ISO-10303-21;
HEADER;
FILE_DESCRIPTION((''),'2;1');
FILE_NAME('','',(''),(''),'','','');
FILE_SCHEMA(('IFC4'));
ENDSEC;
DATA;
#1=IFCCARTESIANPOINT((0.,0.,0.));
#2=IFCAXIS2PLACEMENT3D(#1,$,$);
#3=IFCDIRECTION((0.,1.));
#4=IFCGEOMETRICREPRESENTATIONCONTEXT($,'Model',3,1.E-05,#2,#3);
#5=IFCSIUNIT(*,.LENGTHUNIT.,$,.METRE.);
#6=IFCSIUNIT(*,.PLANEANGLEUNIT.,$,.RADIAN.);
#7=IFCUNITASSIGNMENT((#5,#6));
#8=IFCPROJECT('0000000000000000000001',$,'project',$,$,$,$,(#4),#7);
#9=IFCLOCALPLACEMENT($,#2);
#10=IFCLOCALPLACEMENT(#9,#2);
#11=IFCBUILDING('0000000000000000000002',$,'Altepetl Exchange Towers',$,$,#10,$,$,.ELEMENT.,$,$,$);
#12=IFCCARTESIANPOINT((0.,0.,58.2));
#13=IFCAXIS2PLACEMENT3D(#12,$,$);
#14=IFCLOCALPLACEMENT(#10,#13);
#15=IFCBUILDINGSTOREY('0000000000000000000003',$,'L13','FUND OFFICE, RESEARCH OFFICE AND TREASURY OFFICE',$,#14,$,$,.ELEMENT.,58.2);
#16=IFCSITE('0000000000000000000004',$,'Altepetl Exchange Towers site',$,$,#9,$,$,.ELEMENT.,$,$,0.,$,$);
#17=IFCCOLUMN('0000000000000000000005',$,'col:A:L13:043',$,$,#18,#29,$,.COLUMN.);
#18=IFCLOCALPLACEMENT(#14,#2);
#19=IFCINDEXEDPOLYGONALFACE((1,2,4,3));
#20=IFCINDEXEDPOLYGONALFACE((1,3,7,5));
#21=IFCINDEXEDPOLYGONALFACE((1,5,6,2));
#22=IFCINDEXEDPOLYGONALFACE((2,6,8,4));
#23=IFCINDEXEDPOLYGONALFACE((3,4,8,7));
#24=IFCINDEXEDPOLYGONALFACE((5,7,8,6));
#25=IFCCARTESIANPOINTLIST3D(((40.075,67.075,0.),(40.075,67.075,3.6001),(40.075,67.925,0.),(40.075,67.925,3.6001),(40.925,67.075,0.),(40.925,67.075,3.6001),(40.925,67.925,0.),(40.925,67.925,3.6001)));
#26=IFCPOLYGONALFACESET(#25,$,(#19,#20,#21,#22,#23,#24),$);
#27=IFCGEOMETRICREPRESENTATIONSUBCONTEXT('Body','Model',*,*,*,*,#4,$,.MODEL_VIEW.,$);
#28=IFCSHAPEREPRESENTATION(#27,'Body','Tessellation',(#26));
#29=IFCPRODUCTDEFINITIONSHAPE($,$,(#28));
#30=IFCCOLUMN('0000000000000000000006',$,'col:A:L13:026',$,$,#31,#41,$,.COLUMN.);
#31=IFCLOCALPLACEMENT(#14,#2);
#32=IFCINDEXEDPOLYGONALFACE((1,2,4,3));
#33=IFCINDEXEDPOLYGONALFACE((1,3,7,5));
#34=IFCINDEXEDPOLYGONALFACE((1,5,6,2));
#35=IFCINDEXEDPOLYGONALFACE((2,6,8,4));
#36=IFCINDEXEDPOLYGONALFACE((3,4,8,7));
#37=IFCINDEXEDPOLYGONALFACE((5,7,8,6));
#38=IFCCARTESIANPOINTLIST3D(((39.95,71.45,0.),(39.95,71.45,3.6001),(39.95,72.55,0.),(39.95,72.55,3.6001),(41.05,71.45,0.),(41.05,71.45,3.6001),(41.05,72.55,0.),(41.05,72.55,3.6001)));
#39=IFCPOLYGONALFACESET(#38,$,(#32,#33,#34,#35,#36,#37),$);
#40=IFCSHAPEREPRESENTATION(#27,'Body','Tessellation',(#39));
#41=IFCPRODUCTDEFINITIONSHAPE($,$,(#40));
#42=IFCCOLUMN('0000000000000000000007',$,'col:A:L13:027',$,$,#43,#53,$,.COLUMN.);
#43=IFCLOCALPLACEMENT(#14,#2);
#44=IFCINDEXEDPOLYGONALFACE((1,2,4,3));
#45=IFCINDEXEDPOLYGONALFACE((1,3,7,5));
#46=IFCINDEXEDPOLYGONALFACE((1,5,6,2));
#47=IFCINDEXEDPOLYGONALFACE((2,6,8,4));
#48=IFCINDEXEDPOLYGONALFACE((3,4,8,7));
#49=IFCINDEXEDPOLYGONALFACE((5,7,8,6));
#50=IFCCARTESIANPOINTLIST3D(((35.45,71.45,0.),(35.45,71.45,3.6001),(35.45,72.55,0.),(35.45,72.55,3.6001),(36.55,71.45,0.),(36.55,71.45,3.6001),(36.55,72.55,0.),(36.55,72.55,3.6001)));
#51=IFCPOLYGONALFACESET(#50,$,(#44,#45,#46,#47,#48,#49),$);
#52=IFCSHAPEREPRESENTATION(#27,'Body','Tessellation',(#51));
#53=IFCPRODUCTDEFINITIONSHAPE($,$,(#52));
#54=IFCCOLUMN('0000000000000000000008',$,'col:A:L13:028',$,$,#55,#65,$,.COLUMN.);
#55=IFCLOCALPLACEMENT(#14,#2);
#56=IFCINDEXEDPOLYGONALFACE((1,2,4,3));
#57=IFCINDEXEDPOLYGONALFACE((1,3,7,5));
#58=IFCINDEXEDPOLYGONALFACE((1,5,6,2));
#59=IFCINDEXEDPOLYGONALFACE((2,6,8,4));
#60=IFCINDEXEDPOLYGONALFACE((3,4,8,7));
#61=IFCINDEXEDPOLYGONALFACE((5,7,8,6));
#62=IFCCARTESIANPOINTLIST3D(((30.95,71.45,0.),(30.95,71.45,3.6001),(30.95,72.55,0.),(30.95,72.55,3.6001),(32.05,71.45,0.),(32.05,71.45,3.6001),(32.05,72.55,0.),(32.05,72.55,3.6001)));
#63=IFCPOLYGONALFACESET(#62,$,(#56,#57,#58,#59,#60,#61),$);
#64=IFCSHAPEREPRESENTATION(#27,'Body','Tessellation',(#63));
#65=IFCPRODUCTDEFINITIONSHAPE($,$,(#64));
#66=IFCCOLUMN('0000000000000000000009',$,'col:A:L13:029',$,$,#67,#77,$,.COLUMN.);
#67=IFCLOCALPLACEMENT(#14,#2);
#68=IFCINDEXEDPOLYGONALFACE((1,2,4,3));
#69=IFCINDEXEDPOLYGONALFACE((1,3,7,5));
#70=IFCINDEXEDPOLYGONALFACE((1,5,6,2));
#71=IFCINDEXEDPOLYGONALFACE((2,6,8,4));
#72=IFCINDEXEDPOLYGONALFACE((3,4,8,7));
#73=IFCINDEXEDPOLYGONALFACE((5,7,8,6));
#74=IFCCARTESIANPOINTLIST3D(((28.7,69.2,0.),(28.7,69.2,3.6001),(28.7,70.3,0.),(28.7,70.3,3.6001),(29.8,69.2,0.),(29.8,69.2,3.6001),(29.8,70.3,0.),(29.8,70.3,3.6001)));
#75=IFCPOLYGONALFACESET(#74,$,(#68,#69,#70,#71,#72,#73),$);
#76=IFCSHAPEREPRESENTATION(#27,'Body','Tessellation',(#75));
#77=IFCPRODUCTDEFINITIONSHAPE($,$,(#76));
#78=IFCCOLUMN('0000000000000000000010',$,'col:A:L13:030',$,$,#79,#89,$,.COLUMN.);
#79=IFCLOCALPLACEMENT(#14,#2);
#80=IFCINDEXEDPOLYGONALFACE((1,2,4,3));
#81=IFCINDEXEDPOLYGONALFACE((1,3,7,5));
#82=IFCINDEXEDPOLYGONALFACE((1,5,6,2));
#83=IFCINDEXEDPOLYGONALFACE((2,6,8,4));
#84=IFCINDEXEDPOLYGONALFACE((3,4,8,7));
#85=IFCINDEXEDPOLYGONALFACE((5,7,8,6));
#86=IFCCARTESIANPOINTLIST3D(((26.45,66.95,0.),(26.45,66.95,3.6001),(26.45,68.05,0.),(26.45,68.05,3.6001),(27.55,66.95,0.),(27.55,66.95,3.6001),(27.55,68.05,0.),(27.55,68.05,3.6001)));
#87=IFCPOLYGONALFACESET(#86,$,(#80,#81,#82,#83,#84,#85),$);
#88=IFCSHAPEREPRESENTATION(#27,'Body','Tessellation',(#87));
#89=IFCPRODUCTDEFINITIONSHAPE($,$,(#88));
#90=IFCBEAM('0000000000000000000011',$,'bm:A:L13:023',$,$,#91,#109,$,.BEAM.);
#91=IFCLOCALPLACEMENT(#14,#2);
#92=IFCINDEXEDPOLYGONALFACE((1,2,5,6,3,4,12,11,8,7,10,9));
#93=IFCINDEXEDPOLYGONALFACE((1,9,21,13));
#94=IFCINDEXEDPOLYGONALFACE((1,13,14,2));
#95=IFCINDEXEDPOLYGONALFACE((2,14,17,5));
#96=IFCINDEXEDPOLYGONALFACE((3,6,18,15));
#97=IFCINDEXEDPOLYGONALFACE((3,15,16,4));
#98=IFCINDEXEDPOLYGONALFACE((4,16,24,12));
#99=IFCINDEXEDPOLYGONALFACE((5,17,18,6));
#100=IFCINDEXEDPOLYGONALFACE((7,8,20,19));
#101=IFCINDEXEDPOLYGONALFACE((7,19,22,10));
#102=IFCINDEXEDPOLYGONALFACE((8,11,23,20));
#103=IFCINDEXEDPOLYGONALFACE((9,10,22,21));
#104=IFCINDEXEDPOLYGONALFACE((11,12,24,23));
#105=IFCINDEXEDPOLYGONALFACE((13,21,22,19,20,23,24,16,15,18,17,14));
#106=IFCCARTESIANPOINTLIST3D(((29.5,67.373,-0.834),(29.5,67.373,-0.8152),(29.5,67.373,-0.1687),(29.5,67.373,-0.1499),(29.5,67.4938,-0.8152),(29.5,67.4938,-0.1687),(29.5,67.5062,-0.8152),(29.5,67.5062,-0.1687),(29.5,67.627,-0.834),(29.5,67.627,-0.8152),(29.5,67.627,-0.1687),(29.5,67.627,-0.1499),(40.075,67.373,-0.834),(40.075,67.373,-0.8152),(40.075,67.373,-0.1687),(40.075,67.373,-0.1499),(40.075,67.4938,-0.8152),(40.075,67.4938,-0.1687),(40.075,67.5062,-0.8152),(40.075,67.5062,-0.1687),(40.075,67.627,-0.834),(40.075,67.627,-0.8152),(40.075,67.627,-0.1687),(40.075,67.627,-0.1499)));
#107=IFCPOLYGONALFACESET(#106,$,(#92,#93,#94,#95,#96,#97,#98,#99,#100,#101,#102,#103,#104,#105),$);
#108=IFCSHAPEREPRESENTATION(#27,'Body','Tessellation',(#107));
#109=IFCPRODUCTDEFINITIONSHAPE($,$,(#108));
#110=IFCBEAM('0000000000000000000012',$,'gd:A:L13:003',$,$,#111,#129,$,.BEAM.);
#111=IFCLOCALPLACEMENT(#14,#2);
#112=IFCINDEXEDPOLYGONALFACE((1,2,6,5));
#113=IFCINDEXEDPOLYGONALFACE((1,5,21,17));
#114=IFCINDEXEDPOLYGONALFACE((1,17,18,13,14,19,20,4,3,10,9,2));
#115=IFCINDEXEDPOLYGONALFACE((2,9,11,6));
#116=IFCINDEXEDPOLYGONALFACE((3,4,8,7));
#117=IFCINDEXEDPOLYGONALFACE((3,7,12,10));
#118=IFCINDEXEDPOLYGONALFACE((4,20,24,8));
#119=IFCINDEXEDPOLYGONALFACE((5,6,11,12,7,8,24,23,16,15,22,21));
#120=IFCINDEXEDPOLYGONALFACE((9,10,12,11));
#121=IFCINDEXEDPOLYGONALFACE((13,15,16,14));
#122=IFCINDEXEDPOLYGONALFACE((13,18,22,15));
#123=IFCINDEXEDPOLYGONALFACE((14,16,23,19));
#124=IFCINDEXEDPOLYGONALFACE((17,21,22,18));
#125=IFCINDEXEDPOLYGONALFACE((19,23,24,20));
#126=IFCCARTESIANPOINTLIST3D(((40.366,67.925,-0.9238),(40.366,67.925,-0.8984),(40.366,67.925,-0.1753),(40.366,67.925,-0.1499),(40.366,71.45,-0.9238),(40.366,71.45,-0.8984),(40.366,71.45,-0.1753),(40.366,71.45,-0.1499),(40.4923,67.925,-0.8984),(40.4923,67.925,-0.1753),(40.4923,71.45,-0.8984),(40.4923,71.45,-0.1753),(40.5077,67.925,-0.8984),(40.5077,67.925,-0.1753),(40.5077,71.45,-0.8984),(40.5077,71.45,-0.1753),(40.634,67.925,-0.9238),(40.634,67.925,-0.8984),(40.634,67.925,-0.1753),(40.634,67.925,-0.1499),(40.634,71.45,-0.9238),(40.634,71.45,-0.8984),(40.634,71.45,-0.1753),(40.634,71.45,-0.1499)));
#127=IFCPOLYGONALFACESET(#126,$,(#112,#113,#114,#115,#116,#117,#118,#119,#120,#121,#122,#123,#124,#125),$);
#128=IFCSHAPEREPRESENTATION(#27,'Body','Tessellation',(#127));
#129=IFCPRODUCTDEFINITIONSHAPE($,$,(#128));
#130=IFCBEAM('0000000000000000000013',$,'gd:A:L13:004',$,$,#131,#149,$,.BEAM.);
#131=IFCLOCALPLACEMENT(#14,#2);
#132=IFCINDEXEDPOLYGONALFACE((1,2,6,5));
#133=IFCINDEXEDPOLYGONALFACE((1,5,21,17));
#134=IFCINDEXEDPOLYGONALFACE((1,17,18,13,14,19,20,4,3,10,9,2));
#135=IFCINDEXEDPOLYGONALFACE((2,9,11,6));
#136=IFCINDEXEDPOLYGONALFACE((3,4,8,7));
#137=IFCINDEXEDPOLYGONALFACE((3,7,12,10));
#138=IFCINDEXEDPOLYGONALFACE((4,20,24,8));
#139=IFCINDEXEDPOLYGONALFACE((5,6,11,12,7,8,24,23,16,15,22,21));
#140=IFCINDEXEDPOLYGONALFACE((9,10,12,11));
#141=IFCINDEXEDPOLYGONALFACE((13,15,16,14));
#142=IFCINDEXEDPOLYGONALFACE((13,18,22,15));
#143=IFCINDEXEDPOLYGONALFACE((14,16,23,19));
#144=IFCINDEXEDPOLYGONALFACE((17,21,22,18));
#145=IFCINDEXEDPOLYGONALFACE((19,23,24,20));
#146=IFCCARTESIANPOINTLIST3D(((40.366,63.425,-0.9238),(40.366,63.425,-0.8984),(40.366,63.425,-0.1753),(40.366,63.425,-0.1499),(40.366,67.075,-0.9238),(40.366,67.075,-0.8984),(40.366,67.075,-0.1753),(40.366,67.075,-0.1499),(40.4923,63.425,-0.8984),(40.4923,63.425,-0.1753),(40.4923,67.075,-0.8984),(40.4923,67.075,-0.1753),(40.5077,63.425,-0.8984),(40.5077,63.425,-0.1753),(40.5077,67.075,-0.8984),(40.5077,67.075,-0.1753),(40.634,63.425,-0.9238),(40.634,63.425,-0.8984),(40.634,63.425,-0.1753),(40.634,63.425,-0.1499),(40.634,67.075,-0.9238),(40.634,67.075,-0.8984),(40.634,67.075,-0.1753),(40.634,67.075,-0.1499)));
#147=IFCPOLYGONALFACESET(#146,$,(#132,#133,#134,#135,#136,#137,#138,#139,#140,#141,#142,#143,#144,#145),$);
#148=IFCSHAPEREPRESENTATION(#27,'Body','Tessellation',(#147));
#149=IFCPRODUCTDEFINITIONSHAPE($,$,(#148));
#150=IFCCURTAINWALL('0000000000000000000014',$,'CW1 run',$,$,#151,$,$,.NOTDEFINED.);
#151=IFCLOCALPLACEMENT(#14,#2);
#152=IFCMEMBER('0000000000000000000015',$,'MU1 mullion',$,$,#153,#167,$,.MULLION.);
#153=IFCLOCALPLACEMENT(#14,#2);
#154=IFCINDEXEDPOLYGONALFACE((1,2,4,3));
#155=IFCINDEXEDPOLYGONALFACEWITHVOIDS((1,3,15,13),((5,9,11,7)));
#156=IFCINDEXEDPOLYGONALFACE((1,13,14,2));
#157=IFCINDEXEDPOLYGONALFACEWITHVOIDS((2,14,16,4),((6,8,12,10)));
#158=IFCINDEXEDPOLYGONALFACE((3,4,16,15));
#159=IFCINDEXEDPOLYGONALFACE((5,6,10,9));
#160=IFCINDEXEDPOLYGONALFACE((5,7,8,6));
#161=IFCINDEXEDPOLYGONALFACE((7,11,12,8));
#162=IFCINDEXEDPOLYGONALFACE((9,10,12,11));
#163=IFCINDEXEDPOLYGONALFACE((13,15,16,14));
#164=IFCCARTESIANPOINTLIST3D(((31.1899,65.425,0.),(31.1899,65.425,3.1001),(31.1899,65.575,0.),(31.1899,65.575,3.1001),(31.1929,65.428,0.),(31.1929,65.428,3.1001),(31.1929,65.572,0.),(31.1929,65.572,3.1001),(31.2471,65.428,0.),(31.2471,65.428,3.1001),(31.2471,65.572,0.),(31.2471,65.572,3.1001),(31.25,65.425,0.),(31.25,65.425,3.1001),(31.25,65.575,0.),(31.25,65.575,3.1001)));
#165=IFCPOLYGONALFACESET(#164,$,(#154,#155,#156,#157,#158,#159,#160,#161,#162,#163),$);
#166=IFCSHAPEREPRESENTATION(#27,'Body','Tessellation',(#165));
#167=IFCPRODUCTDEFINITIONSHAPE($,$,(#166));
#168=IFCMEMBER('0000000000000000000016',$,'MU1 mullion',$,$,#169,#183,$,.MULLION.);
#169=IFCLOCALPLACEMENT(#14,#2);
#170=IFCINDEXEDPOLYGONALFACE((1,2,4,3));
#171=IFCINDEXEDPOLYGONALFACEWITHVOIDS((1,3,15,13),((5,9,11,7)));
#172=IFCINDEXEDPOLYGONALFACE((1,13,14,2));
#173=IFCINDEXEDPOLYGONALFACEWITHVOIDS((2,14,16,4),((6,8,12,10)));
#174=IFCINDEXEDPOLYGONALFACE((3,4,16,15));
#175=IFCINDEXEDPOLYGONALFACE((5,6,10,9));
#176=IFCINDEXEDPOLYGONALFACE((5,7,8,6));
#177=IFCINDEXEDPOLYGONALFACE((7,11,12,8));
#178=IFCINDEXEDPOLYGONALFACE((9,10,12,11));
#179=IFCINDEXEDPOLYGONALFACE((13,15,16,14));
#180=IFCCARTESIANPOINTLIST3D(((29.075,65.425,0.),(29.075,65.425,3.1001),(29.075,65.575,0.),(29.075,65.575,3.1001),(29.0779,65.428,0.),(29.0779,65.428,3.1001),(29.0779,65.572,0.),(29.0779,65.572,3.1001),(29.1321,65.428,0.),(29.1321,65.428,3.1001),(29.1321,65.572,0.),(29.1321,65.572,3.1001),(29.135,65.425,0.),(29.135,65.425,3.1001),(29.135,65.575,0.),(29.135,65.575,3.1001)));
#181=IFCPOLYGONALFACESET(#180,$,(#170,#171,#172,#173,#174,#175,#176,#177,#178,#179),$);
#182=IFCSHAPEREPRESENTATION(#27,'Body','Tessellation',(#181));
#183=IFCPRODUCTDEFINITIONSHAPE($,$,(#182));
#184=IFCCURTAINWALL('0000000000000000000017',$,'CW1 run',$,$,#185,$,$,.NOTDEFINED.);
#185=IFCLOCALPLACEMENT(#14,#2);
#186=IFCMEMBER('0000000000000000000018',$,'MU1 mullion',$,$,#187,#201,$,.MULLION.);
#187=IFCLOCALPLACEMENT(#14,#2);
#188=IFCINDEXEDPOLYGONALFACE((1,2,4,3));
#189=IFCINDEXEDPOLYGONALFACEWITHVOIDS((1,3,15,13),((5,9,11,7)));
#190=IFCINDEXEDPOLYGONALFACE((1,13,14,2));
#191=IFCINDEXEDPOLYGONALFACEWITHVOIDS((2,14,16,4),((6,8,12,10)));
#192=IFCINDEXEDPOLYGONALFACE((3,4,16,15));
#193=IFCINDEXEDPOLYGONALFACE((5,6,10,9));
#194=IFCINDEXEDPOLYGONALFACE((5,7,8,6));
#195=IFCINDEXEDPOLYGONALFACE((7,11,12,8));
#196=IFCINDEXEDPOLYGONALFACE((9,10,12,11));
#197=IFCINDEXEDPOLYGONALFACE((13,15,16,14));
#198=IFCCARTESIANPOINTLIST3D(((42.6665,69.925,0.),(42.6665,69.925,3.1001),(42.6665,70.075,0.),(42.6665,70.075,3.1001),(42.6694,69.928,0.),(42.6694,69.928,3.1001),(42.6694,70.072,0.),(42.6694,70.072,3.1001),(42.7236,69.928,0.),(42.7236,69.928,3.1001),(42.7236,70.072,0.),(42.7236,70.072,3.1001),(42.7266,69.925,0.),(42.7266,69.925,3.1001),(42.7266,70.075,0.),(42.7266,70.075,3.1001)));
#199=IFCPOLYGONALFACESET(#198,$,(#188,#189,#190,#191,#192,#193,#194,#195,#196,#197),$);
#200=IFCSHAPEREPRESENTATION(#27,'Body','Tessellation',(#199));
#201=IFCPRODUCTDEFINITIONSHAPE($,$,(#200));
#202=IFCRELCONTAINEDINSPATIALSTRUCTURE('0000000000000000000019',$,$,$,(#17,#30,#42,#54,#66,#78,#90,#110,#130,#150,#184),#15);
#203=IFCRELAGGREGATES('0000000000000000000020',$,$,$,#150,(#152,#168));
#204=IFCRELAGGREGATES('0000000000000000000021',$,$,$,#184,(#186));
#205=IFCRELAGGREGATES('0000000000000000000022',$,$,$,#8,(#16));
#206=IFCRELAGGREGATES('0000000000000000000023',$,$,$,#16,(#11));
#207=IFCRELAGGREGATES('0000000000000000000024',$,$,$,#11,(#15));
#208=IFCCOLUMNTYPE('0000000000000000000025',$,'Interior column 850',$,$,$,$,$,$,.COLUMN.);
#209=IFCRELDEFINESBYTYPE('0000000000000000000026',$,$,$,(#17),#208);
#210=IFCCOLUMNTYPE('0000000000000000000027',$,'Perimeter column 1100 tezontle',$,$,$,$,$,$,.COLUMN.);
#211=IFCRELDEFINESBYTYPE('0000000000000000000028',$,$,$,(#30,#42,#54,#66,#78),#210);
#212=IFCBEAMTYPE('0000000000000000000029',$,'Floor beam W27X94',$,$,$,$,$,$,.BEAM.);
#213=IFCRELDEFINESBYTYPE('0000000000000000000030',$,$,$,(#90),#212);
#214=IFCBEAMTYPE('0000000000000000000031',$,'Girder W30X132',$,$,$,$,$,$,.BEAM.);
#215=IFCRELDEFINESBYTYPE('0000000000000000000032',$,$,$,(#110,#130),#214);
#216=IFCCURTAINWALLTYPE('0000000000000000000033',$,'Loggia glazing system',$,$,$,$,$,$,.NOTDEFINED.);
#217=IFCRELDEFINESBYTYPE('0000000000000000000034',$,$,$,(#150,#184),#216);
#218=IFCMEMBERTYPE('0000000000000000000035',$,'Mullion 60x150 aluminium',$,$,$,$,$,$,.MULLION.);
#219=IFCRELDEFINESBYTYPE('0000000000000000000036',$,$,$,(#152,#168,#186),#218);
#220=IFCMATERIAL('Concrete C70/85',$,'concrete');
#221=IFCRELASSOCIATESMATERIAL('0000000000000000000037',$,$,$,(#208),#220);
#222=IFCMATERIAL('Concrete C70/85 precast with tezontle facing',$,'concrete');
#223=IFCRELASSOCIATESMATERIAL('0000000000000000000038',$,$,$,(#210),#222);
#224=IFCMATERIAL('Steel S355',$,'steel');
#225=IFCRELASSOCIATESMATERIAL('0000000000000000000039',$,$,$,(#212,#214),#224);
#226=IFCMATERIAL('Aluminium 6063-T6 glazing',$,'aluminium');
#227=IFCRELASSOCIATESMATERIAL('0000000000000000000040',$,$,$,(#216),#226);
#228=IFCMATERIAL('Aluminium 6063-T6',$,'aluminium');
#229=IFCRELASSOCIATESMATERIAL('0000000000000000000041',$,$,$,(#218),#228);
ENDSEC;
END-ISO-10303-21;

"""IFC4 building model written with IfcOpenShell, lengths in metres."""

from ifc_helpers import new_model, si_unit, direction, frame, origin, origin_2d, place, context, subcontext, project, spatial, rectangle, hollow_rectangle, i_section, extrude, material, material_profile, profile_set, type_object, element, aggregate, save


model = new_model("IFC4")

# Units and contexts
model_context = context("Model", 3, precision=1e-05, world=origin(), true_north=direction((0.0, 1.0)))
body_context = subcontext(model_context, "Body", "Model", "MODEL_VIEW")
ifc_project = project(units=[si_unit("LENGTHUNIT", "METRE"), si_unit("PLANEANGLEUNIT", "RADIAN")], contexts=[model_context])

# Site, building, storey
site_placement = place(None, origin())
site = spatial("IfcSite", under=ifc_project, at=site_placement, Name="Altepetl Exchange Towers site", CompositionType="ELEMENT", RefElevation=0.0)
building_placement = place(site_placement, origin())
building = spatial("IfcBuilding", under=site, at=building_placement, Name="Altepetl Exchange Towers", CompositionType="ELEMENT")
storey_placement = place(building_placement, frame((0.0, 0.0, 58.2)))
storey = spatial("IfcBuildingStorey", under=building, at=storey_placement, Name="L13", Description="FUND OFFICE, RESEARCH OFFICE AND TREASURY OFFICE", CompositionType="ELEMENT", Elevation=58.2)

# Columns
ifc_material_1 = material(Name="Concrete C70/85", Category="concrete")
ifc_material_profile_1 = material_profile(ifc_material_1, rectangle(XDim=0.8501, YDim=0.8501, at=origin_2d()), Name="850 x 850")
ifc_profile_set_1 = profile_set([ifc_material_profile_1], Name="Concrete C70/85")
column_type_1 = type_object("IfcColumnType", Name="Interior column 850", PredefinedType="COLUMN", material=ifc_profile_set_1)
column_placement = place(storey_placement, frame((40.5, 67.5, 0.0)))
element("IfcColumn", 1, at=column_placement, inside=storey, type_object=column_type_1, Name="col:A:L13:043", PredefinedType="COLUMN", context=body_context, shape_type="SweptSolid", body=[
    extrude(rectangle(XDim=0.8501, YDim=0.8501, at=origin_2d()), origin(), (0.0, 0.0, 1.0), 3.6001),
])
ifc_material_2 = material(Name="Concrete C70/85 precast with tezontle facing", Category="concrete")
ifc_material_profile_2 = material_profile(ifc_material_2, rectangle(XDim=1.1001, YDim=1.1001, at=origin_2d()), Name="1100 x 1100")
ifc_profile_set_2 = profile_set([ifc_material_profile_2], Name="Concrete C70/85 precast with tezontle facing")
column_type_2 = type_object("IfcColumnType", Name="Perimeter column 1100 tezontle", PredefinedType="COLUMN", material=ifc_profile_set_2)
for number, where, name in (
    (2, (40.5, 72.0, 0.0), "col:A:L13:026"),
    (3, (36.0, 72.0, 0.0), "col:A:L13:027"),
    (4, (31.5, 72.0, 0.0), "col:A:L13:028"),
    (5, (29.25, 69.75, 0.0), "col:A:L13:029"),
    (6, (27.0, 67.5, 0.0), "col:A:L13:030"),
):
    element("IfcColumn", number, at=place(storey_placement, frame(where)), inside=storey, type_object=column_type_2, Name=name, PredefinedType="COLUMN", context=body_context, shape_type="SweptSolid", body=[
        extrude(rectangle(XDim=1.1001, YDim=1.1001, at=origin_2d()), origin(), (0.0, 0.0, 1.0), 3.6001),
    ])

# Beams
ifc_material_3 = material(Name="Steel S355", Category="steel")
ifc_material_profile_3 = material_profile(ifc_material_3, i_section(OverallWidth=0.2539, OverallDepth=0.6841, WebThickness=0.0125, FlangeThickness=0.0188, at=origin_2d()), Name="W27X94")
ifc_profile_set_3 = profile_set([ifc_material_profile_3], Name="Steel S355")
beam_type_1 = type_object("IfcBeamType", Name="Floor beam W27X94", PredefinedType="BEAM", material=ifc_profile_set_3)
beam_1_placement = place(storey_placement, frame((29.5, 67.5, -0.4919), z_axis=(1.0, 0.0, 0.0), x_axis=(0.0, 1.0, 0.0)))
element("IfcBeam", 7, at=beam_1_placement, inside=storey, type_object=beam_type_1, Name="bm:A:L13:023", PredefinedType="BEAM", context=body_context, shape_type="SweptSolid", body=[
    extrude(i_section(OverallWidth=0.2539, OverallDepth=0.6841, WebThickness=0.0125, FlangeThickness=0.0188, at=origin_2d()), origin(), (0.0, 0.0, 1.0), 10.575),
])
ifc_material_profile_4 = material_profile(ifc_material_3, i_section(OverallWidth=0.2681, OverallDepth=0.7739, WebThickness=0.0154, FlangeThickness=0.0254, at=origin_2d()), Name="W30X132")
ifc_profile_set_4 = profile_set([ifc_material_profile_4], Name="Steel S355")
beam_type_2 = type_object("IfcBeamType", Name="Girder W30X132", PredefinedType="BEAM", material=ifc_profile_set_4)
beam_2_placement = place(storey_placement, frame((40.5, 71.45, -0.5369), z_axis=(0.0, -1.0, 0.0), x_axis=(1.0, 0.0, 0.0)))
element("IfcBeam", 8, at=beam_2_placement, inside=storey, type_object=beam_type_2, Name="gd:A:L13:003", PredefinedType="BEAM", context=body_context, shape_type="SweptSolid", body=[
    extrude(i_section(OverallWidth=0.2681, OverallDepth=0.7739, WebThickness=0.0154, FlangeThickness=0.0254, at=origin_2d()), origin(), (0.0, 0.0, 1.0), 3.5249),
])
beam_3_placement = place(storey_placement, frame((40.5, 67.075, -0.5369), z_axis=(0.0, -1.0, 0.0), x_axis=(1.0, 0.0, 0.0)))
element("IfcBeam", 9, at=beam_3_placement, inside=storey, type_object=beam_type_2, Name="gd:A:L13:004", PredefinedType="BEAM", context=body_context, shape_type="SweptSolid", body=[
    extrude(i_section(OverallWidth=0.2681, OverallDepth=0.7739, WebThickness=0.0154, FlangeThickness=0.0254, at=origin_2d()), origin(), (0.0, 0.0, 1.0), 3.6499),
])

# Curtain walls, members
ifc_material_4 = material(Name="Aluminium 6063-T6 glazing", Category="aluminium")
curtain_wall_type = type_object("IfcCurtainWallType", Name="Loggia glazing system", PredefinedType="NOTDEFINED", material=ifc_material_4)
curtain_wall_1_placement = place(storey_placement, origin())
curtain_wall_1 = element("IfcCurtainWall", 10, at=curtain_wall_1_placement, inside=storey, type_object=curtain_wall_type, Name="CW1 run", PredefinedType="NOTDEFINED")
ifc_material_5 = material(Name="Aluminium 6063-T6", Category="aluminium")
ifc_material_profile_5 = material_profile(ifc_material_5, hollow_rectangle(XDim=0.0601, YDim=0.1499, WallThickness=0.0029, at=origin_2d()), Name="Mullion 60x150 aluminium")
ifc_profile_set_5 = profile_set([ifc_material_profile_5], Name="Aluminium 6063-T6")
member_type = type_object("IfcMemberType", Name="Mullion 60x150 aluminium", PredefinedType="MULLION", material=ifc_profile_set_5)
member_1_placement = place(storey_placement, frame((31.22, 65.5, 0.0), z_axis=(0.0, 0.0, 1.0), x_axis=(-1.0, 0.0, 0.0)))
member_1 = element("IfcMember", 11, at=member_1_placement, type_object=member_type, Name="MU1 mullion", PredefinedType="MULLION", context=body_context, shape_type="SweptSolid", body=[
    extrude(hollow_rectangle(XDim=0.0601, YDim=0.1499, WallThickness=0.0029, at=origin_2d()), origin(), (0.0, 0.0, 1.0), 3.1001),
])
member_2_placement = place(storey_placement, frame((29.105, 65.5, 0.0), z_axis=(0.0, 0.0, 1.0), x_axis=(-1.0, 0.0, 0.0)))
member_2 = element("IfcMember", 12, at=member_2_placement, type_object=member_type, Name="MU1 mullion", PredefinedType="MULLION", context=body_context, shape_type="SweptSolid", body=[
    extrude(hollow_rectangle(XDim=0.0601, YDim=0.1499, WallThickness=0.0029, at=origin_2d()), origin(), (0.0, 0.0, 1.0), 3.1001),
])
curtain_wall_2_placement = place(storey_placement, origin())
curtain_wall_2 = element("IfcCurtainWall", 13, at=curtain_wall_2_placement, inside=storey, type_object=curtain_wall_type, Name="CW1 run", PredefinedType="NOTDEFINED")
member_3_placement = place(storey_placement, frame((42.6965, 70.0, 0.0), z_axis=(0.0, 0.0, 1.0), x_axis=(-1.0, 0.0, 0.0)))
member_3 = element("IfcMember", 14, at=member_3_placement, type_object=member_type, Name="MU1 mullion", PredefinedType="MULLION", context=body_context, shape_type="SweptSolid", body=[
    extrude(hollow_rectangle(XDim=0.0601, YDim=0.1499, WallThickness=0.0029, at=origin_2d()), origin(), (0.0, 0.0, 1.0), 3.1001),
])

aggregate(curtain_wall_1, [member_1, member_2])
aggregate(curtain_wall_2, [member_3])

save(model, "model.ifc")
